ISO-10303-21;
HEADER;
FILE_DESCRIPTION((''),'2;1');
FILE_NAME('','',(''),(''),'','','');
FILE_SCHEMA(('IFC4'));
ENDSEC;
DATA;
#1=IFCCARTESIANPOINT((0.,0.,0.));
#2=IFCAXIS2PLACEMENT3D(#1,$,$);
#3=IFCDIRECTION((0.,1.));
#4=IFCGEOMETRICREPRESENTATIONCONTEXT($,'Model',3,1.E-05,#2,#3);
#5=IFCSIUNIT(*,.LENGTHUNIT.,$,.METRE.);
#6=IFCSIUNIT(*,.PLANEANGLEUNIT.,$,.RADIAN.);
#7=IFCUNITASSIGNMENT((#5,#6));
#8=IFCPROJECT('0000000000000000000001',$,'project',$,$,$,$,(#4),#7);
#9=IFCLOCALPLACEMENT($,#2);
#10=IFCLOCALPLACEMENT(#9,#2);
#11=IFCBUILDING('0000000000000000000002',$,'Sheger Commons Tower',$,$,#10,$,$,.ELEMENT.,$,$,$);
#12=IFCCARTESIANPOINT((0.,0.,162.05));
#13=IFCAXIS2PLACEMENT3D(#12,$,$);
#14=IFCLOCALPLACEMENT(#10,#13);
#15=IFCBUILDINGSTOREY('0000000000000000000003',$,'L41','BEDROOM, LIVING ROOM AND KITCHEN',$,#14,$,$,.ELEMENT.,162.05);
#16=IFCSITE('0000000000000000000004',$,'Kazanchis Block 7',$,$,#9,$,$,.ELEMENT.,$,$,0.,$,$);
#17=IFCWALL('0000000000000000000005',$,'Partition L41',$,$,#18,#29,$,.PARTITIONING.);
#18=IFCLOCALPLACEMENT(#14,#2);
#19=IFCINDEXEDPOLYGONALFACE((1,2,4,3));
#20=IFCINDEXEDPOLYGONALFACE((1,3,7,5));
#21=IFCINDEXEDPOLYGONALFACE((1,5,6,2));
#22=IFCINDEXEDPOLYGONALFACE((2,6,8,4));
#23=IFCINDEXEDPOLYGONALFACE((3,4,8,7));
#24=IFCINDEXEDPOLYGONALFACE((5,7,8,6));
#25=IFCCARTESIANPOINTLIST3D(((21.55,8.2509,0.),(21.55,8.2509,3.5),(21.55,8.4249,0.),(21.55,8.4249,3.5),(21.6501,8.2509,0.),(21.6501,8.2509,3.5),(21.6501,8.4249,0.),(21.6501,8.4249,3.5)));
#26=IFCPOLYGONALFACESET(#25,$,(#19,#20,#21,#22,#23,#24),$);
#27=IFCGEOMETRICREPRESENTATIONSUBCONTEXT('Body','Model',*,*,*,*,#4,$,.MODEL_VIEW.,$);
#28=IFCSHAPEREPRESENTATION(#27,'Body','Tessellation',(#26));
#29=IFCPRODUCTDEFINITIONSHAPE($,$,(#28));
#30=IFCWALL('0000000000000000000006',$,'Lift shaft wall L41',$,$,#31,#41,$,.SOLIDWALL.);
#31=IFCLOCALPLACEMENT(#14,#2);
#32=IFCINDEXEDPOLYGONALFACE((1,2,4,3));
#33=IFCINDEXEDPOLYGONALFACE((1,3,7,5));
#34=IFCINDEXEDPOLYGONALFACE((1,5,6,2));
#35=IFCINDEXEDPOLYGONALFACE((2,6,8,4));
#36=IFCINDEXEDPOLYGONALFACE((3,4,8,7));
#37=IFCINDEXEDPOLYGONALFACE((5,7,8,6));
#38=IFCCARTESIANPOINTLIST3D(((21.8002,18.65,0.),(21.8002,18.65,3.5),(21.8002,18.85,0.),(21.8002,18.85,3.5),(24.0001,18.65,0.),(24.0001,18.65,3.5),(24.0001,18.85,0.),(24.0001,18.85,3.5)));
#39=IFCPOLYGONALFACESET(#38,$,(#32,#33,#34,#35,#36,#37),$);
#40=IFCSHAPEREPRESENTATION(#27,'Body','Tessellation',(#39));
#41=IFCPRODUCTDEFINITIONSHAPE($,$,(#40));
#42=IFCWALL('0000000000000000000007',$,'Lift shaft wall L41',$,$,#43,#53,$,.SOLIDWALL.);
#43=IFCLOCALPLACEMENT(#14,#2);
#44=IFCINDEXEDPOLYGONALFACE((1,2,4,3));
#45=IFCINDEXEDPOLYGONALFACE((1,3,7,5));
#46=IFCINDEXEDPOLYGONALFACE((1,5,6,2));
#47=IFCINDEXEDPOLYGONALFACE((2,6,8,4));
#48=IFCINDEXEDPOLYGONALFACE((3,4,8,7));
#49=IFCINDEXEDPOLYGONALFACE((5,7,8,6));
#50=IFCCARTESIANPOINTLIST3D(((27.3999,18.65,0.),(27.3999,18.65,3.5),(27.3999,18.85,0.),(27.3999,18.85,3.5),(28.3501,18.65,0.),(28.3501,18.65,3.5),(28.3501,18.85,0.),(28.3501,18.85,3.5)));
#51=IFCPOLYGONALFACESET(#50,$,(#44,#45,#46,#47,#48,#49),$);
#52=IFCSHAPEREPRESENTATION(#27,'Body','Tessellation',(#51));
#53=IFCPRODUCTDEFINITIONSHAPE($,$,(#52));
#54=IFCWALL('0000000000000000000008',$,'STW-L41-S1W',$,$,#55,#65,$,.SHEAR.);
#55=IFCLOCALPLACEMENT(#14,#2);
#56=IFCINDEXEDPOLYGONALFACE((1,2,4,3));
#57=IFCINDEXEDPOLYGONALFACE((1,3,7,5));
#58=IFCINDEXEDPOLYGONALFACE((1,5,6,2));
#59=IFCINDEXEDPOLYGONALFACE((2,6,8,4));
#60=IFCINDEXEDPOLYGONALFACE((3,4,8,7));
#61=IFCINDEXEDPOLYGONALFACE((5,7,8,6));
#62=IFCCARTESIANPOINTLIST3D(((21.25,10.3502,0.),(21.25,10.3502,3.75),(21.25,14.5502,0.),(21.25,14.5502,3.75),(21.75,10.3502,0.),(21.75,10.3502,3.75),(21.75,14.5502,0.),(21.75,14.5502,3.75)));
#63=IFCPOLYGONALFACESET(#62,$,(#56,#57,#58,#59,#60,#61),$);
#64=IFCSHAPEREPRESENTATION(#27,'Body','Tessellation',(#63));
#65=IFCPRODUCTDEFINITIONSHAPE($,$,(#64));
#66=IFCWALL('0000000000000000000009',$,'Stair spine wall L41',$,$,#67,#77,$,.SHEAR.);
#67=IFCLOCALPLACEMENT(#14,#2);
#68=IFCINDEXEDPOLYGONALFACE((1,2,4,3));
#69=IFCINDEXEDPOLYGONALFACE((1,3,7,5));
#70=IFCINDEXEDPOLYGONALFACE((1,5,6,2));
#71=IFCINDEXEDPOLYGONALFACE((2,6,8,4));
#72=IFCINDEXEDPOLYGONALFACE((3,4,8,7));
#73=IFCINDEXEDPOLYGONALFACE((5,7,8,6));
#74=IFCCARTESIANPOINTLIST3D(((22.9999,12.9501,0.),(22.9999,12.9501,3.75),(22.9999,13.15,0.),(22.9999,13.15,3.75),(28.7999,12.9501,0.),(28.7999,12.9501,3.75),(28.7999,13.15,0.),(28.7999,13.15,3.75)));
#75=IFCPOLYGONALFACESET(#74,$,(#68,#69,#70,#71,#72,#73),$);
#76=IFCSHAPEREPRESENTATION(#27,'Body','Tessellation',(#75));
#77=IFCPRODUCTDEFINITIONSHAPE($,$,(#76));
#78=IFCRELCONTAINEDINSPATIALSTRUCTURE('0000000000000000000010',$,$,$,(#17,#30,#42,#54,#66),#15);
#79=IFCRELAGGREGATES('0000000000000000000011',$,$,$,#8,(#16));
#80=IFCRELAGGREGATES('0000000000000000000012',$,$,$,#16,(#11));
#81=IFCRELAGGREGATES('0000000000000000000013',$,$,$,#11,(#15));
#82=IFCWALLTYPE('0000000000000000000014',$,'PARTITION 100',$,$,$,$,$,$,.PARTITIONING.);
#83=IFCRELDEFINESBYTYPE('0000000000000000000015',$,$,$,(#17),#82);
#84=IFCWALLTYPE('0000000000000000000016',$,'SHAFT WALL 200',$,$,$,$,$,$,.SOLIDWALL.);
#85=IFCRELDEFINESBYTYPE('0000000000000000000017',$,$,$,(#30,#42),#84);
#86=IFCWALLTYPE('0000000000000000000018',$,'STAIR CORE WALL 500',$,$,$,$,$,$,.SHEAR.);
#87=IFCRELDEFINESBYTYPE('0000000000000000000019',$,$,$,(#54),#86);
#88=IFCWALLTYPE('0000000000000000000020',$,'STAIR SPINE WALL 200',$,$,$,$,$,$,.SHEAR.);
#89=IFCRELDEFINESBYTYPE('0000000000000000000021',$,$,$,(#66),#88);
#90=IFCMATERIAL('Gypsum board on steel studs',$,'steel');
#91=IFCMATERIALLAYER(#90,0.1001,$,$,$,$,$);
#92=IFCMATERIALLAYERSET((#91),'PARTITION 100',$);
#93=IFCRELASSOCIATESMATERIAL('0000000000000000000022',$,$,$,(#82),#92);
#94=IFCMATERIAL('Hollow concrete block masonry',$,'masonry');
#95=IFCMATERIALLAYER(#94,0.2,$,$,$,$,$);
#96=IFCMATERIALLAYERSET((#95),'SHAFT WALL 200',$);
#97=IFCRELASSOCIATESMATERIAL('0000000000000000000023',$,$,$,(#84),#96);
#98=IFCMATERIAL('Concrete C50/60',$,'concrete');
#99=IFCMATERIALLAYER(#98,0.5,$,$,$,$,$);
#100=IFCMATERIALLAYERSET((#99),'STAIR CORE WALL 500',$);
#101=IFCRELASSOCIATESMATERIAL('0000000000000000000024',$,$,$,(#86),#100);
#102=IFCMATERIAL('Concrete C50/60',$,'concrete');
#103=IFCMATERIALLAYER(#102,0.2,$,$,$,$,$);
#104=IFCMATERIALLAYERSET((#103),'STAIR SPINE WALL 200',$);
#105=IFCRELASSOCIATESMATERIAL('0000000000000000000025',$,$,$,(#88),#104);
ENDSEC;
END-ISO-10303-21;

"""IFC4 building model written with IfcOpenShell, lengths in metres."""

from ifc_helpers import new_model, si_unit, direction, frame, frame_2d, origin, place, context, subcontext, project, spatial, rectangle, extrude, material, layer, layer_set, type_object, element, save


model = new_model("IFC4")

# Units and contexts
model_context = context("Model", 3, precision=1e-05, world=origin(), true_north=direction((0.0, 1.0)))
body_context = subcontext(model_context, "Body", "Model", "MODEL_VIEW")
ifc_project = project(units=[si_unit("LENGTHUNIT", "METRE"), si_unit("PLANEANGLEUNIT", "RADIAN")], contexts=[model_context])

# Site, building, storey
site_placement = place(None, origin())
site = spatial("IfcSite", under=ifc_project, at=site_placement, Name="Kazanchis Block 7", CompositionType="ELEMENT", RefElevation=0.0)
building_placement = place(site_placement, origin())
building = spatial("IfcBuilding", under=site, at=building_placement, Name="Sheger Commons Tower", CompositionType="ELEMENT")
storey_placement = place(building_placement, frame((0.0, 0.0, 162.05)))
storey = spatial("IfcBuildingStorey", under=building, at=storey_placement, Name="L41", Description="BEDROOM, LIVING ROOM AND KITCHEN", CompositionType="ELEMENT", Elevation=162.05)

# Walls
ifc_material_1 = material(Name="Gypsum board on steel studs", Category="steel")
ifc_layer_1 = layer(ifc_material_1, 0.1001)
ifc_layer_set_1 = layer_set([ifc_layer_1], Name="PARTITION 100")
wall_type_1 = type_object("IfcWallType", Name="PARTITION 100", PredefinedType="PARTITIONING", material=ifc_layer_set_1)
wall_1_placement = place(storey_placement, frame((21.6001, 8.251, 0.0), z_axis=(0.0, 0.0, 1.0), x_axis=(0.0, 1.0, 0.0)))
element("IfcWall", 1, at=wall_1_placement, inside=storey, type_object=wall_type_1, Name="Partition L41", PredefinedType="PARTITIONING", context=body_context, shape_type="SweptSolid", body=[
    extrude(rectangle(XDim=0.1741, YDim=0.1001, at=frame_2d((0.0869, 0.0))), origin(), (0.0, 0.0, 1.0), 3.5),
])
ifc_material_2 = material(Name="Hollow concrete block masonry", Category="masonry")
ifc_layer_2 = layer(ifc_material_2, 0.2)
ifc_layer_set_2 = layer_set([ifc_layer_2], Name="SHAFT WALL 200")
wall_type_2 = type_object("IfcWallType", Name="SHAFT WALL 200", PredefinedType="SOLIDWALL", material=ifc_layer_set_2)
wall_2_placement = place(storey_placement, frame((21.8, 18.75, 0.0), z_axis=(0.0, 0.0, 1.0), x_axis=(1.0, 0.0, 0.0)))
element("IfcWall", 2, at=wall_2_placement, inside=storey, type_object=wall_type_2, Name="Lift shaft wall L41", PredefinedType="SOLIDWALL", context=body_context, shape_type="SweptSolid", body=[
    extrude(rectangle(XDim=2.2, YDim=0.2, at=frame_2d((1.1001, 0.0))), origin(), (0.0, 0.0, 1.0), 3.5),
])
wall_3_placement = place(storey_placement, frame((27.3999, 18.75, 0.0), z_axis=(0.0, 0.0, 1.0), x_axis=(1.0, 0.0, 0.0)))
element("IfcWall", 3, at=wall_3_placement, inside=storey, type_object=wall_type_2, Name="Lift shaft wall L41", PredefinedType="SOLIDWALL", context=body_context, shape_type="SweptSolid", body=[
    extrude(rectangle(XDim=0.9502, YDim=0.2, at=frame_2d((0.4751, 0.0))), origin(), (0.0, 0.0, 1.0), 3.5),
])
ifc_material_3 = material(Name="Concrete C50/60", Category="concrete")
ifc_layer_3 = layer(ifc_material_3, 0.5)
ifc_layer_set_3 = layer_set([ifc_layer_3], Name="STAIR CORE WALL 500")
wall_type_3 = type_object("IfcWallType", Name="STAIR CORE WALL 500", PredefinedType="SHEAR", material=ifc_layer_set_3)
wall_4_placement = place(storey_placement, frame((21.5, 10.3501, 0.0), z_axis=(0.0, 0.0, 1.0), x_axis=(0.0, 1.0, 0.0)))
element("IfcWall", 4, at=wall_4_placement, inside=storey, type_object=wall_type_3, Name="STW-L41-S1W", PredefinedType="SHEAR", context=body_context, shape_type="SweptSolid", body=[
    extrude(rectangle(XDim=4.2, YDim=0.5, at=frame_2d((2.1001, 0.0))), origin(), (0.0, 0.0, 1.0), 3.75),
])
ifc_material_4 = material(Name="Concrete C50/60", Category="concrete")
ifc_layer_4 = layer(ifc_material_4, 0.2)
ifc_layer_set_4 = layer_set([ifc_layer_4], Name="STAIR SPINE WALL 200")
wall_type_4 = type_object("IfcWallType", Name="STAIR SPINE WALL 200", PredefinedType="SHEAR", material=ifc_layer_set_4)
wall_5_placement = place(storey_placement, frame((23.0, 13.05, 0.0), z_axis=(0.0, 0.0, 1.0), x_axis=(1.0, 0.0, 0.0)))
element("IfcWall", 5, at=wall_5_placement, inside=storey, type_object=wall_type_4, Name="Stair spine wall L41", PredefinedType="SHEAR", context=body_context, shape_type="SweptSolid", body=[
    extrude(rectangle(XDim=5.8, YDim=0.2, at=frame_2d((2.8999, 0.0))), origin(), (0.0, 0.0, 1.0), 3.75),
])

save(model, "model.ifc")
